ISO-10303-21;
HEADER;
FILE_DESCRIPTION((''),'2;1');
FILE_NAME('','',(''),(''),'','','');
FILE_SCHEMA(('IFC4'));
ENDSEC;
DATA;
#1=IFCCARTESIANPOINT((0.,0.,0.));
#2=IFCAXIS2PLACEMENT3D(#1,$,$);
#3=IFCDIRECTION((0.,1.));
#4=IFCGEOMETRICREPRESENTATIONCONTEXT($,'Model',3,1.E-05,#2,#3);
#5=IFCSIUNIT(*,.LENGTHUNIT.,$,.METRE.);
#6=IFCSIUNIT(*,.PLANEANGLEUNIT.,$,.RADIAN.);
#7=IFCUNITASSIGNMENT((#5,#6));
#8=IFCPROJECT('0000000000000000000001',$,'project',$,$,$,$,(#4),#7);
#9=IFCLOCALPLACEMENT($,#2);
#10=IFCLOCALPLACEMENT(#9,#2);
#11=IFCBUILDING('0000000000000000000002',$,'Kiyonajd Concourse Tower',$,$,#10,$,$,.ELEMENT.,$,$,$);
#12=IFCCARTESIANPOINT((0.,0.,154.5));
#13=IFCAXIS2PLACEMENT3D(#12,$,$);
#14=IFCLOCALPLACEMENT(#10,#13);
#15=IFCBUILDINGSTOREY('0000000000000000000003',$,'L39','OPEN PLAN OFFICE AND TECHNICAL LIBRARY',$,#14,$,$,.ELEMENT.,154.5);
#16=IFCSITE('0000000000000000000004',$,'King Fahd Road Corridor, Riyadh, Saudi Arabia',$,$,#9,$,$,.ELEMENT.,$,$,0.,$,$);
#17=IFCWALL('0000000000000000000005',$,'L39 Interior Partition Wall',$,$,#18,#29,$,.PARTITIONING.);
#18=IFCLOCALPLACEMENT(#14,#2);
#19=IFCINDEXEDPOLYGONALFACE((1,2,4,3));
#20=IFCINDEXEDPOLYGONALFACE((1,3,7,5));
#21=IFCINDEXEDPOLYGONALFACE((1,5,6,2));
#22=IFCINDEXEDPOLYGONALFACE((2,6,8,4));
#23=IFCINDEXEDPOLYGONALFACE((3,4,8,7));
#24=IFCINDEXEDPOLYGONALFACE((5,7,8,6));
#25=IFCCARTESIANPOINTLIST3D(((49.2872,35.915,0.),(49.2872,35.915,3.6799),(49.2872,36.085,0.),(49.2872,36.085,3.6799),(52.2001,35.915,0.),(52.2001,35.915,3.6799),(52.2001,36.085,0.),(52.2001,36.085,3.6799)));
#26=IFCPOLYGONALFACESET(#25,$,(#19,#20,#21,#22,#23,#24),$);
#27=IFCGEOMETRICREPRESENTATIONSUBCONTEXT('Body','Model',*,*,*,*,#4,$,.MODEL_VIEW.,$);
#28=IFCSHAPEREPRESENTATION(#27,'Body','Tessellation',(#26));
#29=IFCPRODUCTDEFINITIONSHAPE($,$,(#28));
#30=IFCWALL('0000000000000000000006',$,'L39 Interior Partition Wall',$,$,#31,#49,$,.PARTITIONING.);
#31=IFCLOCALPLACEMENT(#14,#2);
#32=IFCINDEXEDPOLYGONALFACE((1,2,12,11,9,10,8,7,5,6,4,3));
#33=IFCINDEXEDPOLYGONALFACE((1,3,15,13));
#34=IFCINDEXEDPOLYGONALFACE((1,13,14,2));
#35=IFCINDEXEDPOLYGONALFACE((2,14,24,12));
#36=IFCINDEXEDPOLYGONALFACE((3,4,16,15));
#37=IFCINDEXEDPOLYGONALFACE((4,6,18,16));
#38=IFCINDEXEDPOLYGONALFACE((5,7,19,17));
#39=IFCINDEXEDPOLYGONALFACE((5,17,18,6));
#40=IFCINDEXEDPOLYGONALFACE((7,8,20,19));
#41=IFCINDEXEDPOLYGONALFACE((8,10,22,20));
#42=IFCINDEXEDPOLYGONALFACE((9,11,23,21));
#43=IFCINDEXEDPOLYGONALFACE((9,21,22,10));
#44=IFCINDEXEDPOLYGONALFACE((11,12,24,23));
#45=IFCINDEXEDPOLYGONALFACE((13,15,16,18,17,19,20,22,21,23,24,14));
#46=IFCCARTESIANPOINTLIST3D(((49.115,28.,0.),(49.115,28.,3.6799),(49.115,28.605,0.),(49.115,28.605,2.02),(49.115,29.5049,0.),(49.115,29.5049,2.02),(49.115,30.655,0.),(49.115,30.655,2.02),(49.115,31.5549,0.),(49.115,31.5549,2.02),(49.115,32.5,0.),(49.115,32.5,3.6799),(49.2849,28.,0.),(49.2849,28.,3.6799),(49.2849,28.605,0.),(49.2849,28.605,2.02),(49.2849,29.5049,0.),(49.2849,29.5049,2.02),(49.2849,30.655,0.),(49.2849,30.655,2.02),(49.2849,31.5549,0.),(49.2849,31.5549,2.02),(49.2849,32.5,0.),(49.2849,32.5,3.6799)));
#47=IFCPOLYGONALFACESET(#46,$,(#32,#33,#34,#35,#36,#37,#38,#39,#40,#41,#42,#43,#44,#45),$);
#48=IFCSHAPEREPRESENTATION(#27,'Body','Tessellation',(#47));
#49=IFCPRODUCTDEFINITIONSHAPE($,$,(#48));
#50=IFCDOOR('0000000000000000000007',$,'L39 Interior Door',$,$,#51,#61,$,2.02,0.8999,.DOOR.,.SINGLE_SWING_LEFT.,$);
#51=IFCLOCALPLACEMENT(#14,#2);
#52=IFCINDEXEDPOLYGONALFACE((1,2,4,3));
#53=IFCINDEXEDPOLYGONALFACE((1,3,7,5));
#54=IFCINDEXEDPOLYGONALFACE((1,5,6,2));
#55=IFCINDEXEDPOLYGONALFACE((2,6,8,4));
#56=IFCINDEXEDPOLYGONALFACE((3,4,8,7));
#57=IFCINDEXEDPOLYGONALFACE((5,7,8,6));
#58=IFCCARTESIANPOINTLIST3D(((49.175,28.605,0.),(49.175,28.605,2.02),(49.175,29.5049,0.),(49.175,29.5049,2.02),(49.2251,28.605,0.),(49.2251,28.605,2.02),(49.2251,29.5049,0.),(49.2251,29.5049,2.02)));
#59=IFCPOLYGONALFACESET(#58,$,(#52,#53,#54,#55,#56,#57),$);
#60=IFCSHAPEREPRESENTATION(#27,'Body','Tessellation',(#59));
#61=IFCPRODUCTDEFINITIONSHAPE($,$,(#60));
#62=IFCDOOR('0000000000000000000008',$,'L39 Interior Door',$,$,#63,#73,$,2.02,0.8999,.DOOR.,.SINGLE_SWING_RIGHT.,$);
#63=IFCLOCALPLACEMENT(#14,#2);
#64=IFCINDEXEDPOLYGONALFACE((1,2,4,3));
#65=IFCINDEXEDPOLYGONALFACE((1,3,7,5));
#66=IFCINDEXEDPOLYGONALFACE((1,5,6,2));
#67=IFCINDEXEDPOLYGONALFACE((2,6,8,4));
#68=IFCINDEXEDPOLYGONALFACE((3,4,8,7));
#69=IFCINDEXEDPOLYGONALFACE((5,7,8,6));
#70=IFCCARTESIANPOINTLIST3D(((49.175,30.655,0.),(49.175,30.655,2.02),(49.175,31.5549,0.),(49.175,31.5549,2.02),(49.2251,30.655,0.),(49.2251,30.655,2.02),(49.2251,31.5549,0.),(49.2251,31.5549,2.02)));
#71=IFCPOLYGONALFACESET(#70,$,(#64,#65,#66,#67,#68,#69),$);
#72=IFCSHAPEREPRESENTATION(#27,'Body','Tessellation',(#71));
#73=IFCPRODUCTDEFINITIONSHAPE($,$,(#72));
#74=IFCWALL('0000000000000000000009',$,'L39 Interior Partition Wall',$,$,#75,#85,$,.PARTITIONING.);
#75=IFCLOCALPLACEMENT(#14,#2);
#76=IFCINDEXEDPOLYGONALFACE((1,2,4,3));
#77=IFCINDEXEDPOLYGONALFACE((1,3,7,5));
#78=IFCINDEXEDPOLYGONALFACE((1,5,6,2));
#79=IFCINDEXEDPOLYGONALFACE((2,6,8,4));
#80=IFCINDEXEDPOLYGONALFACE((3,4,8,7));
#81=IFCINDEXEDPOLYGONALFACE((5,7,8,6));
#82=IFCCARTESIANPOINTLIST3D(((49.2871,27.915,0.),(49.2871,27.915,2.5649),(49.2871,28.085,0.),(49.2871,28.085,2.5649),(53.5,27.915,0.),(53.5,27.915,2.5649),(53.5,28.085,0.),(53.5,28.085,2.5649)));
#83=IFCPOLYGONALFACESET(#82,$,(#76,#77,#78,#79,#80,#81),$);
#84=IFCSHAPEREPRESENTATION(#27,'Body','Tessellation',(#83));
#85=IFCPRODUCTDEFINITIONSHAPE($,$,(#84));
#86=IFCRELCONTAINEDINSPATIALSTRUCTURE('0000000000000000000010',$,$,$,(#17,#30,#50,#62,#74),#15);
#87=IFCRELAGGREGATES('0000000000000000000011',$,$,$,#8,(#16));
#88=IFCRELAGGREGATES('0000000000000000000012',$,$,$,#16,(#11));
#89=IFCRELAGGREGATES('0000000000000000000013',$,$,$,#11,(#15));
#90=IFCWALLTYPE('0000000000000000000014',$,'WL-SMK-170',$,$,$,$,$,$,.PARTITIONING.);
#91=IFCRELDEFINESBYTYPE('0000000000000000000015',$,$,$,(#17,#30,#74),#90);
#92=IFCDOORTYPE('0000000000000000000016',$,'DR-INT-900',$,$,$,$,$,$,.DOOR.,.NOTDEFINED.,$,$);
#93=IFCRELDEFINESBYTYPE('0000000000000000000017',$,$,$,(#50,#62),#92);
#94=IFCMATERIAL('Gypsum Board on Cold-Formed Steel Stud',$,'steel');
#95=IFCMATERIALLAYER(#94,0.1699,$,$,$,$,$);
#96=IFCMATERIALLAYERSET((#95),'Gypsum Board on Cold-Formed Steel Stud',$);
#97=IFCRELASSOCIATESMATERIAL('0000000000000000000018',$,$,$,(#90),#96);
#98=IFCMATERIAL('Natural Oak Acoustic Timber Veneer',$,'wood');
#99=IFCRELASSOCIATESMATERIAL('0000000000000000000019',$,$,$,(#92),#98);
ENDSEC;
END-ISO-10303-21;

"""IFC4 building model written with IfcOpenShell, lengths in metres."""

from ifc_helpers import new_model, si_unit, direction, frame, frame_2d, origin, place, context, subcontext, project, spatial, rectangle, extrude, material, layer, layer_set, type_object, element, fill, save


model = new_model("IFC4")

# Units and contexts
model_context = context("Model", 3, precision=1e-05, world=origin(), true_north=direction((0.0, 1.0)))
body_context = subcontext(model_context, "Body", "Model", "MODEL_VIEW")
ifc_project = project(units=[si_unit("LENGTHUNIT", "METRE"), si_unit("PLANEANGLEUNIT", "RADIAN")], contexts=[model_context])

# Site, building, storey
site_placement = place(None, origin())
site = spatial("IfcSite", under=ifc_project, at=site_placement, Name="King Fahd Road Corridor, Riyadh, Saudi Arabia", CompositionType="ELEMENT", RefElevation=0.0)
building_placement = place(site_placement, origin())
building = spatial("IfcBuilding", under=site, at=building_placement, Name="Kiyonajd Concourse Tower", CompositionType="ELEMENT")
storey_placement = place(building_placement, frame((0.0, 0.0, 154.5)))
storey = spatial("IfcBuildingStorey", under=building, at=storey_placement, Name="L39", Description="OPEN PLAN OFFICE AND TECHNICAL LIBRARY", CompositionType="ELEMENT", Elevation=154.5)

# Shared definitions
ifc_material_1 = material(Name="Gypsum Board on Cold-Formed Steel Stud", Category="steel")

# Shared definitions
ifc_layer_1 = layer(ifc_material_1, 0.1699)
ifc_layer_set_1 = layer_set([ifc_layer_1], Name="Gypsum Board on Cold-Formed Steel Stud")
wall_type_1 = type_object("IfcWallType", Name="WL-SMK-170", PredefinedType="PARTITIONING", material=ifc_layer_set_1)
ifc_material_2 = material(Name="Natural Oak Acoustic Timber Veneer", Category="wood")
door_type = type_object("IfcDoorType", Name="DR-INT-900", OperationType="NOTDEFINED", PredefinedType="DOOR", material=ifc_material_2)

# Wall
for number, where, z_axis, x_axis, name in (
    (1, (49.2871, 36.0, 0.0), (0.0, 0.0, 1.0), (1.0, 0.0, 0.0), "L39 Interior Partition Wall"),
):
    element("IfcWall", number, at=place(storey_placement, frame(where, z_axis=z_axis, x_axis=x_axis)), inside=storey, type_object=wall_type_1, Name=name, PredefinedType="PARTITIONING", context=body_context, shape_type="SweptSolid", body=[
        extrude(rectangle(XDim=2.9128, YDim=0.1699, at=frame_2d((1.4565, 0.0))), origin(), (0.0, 0.0, 1.0), 3.6799),
    ])

# Wall, openings, doors
wall_1_placement = place(storey_placement, frame((49.2, 28.0, 0.0), z_axis=(0.0, 0.0, 1.0), x_axis=(0.0, 1.0, 0.0)))
wall_1 = element("IfcWall", 2, at=wall_1_placement, inside=storey, type_object=wall_type_1, Name="L39 Interior Partition Wall", PredefinedType="PARTITIONING", context=body_context, shape_type="SweptSolid", body=[
    extrude(rectangle(XDim=4.5, YDim=0.1699, at=frame_2d((2.25, 0.0))), origin(), (0.0, 0.0, 1.0), 3.6799),
])
opening_1_placement = place(wall_1_placement, frame((0.605, 0.0, 0.0)))
opening_1 = element("IfcOpeningElement", 3, at=opening_1_placement, cuts=wall_1, PredefinedType="OPENING", context=body_context, shape_type="SweptSolid", body=[
    extrude(rectangle(XDim=0.8999, YDim=2.02, at=frame_2d((0.45, 1.01))), frame((0.0, 0.095, 0.0), z_axis=(0.0, -1.0, 0.0), x_axis=(1.0, 0.0, 0.0)), (0.0, 0.0, 1.0), 0.1899),
])
opening_2_placement = place(wall_1_placement, frame((2.655, 0.0, 0.0)))
opening_2 = element("IfcOpeningElement", 4, at=opening_2_placement, cuts=wall_1, PredefinedType="OPENING", context=body_context, shape_type="SweptSolid", body=[
    extrude(rectangle(XDim=0.8999, YDim=2.02, at=frame_2d((0.45, 1.01))), frame((0.0, 0.095, 0.0), z_axis=(0.0, -1.0, 0.0), x_axis=(1.0, 0.0, 0.0)), (0.0, 0.0, 1.0), 0.1899),
])
door_1_placement = place(opening_1_placement, origin())
door_1 = element("IfcDoor", 5, at=door_1_placement, inside=storey, type_object=door_type, Name="L39 Interior Door", OperationType="SINGLE_SWING_LEFT", OverallHeight=2.02, OverallWidth=0.8999, PredefinedType="DOOR", context=body_context, shape_type="SweptSolid", body=[
    extrude(rectangle(XDim=0.8999, YDim=2.02, at=frame_2d((0.45, 1.01))), frame((0.0, 0.0249, 0.0), z_axis=(0.0, -1.0, 0.0), x_axis=(1.0, 0.0, 0.0)), (0.0, 0.0, 1.0), 0.05),
])
fill(opening_1, door_1)
door_2_placement = place(opening_2_placement, origin())
door_2 = element("IfcDoor", 6, at=door_2_placement, inside=storey, type_object=door_type, Name="L39 Interior Door", OperationType="SINGLE_SWING_RIGHT", OverallHeight=2.02, OverallWidth=0.8999, PredefinedType="DOOR", context=body_context, shape_type="SweptSolid", body=[
    extrude(rectangle(XDim=0.8999, YDim=2.02, at=frame_2d((0.45, 1.01))), frame((0.0, 0.0249, 0.0), z_axis=(0.0, -1.0, 0.0), x_axis=(1.0, 0.0, 0.0)), (0.0, 0.0, 1.0), 0.05),
])
fill(opening_2, door_2)

# Wall
wall_2_placement = place(storey_placement, frame((49.2871, 28.0, 0.0), z_axis=(0.0, 0.0, 1.0), x_axis=(1.0, 0.0, 0.0)))
element("IfcWall", 7, at=wall_2_placement, inside=storey, type_object=wall_type_1, Name="L39 Interior Partition Wall", PredefinedType="PARTITIONING", context=body_context, shape_type="SweptSolid", body=[
    extrude(rectangle(XDim=4.2129, YDim=0.1699, at=frame_2d((2.1064, 0.0))), origin(), (0.0, 0.0, 1.0), 2.5649),
])

save(model, "model.ifc")
